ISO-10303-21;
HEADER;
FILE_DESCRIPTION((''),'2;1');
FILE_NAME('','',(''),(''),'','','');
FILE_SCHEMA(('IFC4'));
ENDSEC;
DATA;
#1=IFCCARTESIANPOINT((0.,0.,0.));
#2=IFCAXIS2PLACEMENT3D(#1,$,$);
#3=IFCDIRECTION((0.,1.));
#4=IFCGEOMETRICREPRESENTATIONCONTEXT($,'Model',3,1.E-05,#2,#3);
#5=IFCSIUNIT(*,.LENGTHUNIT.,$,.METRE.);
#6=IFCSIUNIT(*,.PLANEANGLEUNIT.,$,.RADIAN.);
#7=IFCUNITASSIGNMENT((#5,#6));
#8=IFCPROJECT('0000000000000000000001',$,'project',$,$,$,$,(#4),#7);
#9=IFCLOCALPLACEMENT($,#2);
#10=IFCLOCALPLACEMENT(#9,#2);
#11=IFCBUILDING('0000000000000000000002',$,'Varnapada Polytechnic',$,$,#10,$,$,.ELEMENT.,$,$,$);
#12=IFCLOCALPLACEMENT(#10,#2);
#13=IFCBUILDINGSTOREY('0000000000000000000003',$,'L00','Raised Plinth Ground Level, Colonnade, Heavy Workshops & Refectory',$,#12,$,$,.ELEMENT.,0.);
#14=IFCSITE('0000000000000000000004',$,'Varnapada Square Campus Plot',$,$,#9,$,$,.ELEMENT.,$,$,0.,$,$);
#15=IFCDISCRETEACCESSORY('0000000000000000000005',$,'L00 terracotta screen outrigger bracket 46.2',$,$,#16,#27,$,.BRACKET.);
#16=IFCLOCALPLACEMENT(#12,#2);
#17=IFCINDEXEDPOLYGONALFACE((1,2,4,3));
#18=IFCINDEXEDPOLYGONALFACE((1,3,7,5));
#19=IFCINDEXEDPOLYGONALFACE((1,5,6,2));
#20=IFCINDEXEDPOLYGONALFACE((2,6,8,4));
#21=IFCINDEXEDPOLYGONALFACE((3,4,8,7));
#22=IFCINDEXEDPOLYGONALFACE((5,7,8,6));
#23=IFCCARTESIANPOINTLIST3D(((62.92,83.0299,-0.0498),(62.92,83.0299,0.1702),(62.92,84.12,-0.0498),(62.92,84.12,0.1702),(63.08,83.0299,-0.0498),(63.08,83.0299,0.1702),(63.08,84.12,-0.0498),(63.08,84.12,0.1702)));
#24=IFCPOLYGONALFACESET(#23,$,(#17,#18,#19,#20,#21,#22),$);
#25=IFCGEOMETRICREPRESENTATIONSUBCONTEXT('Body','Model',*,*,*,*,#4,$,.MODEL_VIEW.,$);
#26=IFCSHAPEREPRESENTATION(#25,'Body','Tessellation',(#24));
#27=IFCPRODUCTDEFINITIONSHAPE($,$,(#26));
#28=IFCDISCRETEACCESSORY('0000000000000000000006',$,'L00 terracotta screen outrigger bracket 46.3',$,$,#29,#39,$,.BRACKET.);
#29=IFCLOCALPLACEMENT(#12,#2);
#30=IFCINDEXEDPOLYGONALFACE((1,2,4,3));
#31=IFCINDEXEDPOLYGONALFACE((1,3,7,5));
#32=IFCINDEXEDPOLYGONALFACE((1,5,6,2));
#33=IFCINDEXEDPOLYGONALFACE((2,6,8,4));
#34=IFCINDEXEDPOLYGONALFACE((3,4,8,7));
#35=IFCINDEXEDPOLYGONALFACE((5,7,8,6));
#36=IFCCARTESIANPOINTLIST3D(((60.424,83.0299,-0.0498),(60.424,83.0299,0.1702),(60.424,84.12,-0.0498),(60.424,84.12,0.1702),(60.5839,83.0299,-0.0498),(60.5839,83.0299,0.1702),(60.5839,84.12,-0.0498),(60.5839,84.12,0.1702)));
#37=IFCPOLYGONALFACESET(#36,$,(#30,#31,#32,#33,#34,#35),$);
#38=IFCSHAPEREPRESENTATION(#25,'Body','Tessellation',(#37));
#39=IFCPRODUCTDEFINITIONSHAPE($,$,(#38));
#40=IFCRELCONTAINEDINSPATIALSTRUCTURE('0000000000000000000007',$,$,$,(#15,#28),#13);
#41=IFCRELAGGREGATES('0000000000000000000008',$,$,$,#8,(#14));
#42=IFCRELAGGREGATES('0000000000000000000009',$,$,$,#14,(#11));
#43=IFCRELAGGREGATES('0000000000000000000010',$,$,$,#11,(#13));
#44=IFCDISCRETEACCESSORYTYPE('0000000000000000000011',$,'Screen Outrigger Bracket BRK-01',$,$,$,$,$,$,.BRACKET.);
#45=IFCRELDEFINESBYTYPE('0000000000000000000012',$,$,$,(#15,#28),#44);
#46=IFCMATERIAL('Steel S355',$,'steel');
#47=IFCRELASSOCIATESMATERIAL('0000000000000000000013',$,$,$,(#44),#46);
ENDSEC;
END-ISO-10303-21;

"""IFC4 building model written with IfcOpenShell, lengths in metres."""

from ifc_helpers import new_model, si_unit, direction, frame, origin, origin_2d, place, context, subcontext, project, spatial, rectangle, extrude, material, type_object, element, save


model = new_model("IFC4")

# Units and contexts
model_context = context("Model", 3, precision=1e-05, world=origin(), true_north=direction((0.0, 1.0)))
body_context = subcontext(model_context, "Body", "Model", "MODEL_VIEW")
ifc_project = project(units=[si_unit("LENGTHUNIT", "METRE"), si_unit("PLANEANGLEUNIT", "RADIAN")], contexts=[model_context])

# Site, building, storey
site_placement = place(None, origin())
site = spatial("IfcSite", under=ifc_project, at=site_placement, Name="Varnapada Square Campus Plot", CompositionType="ELEMENT", RefElevation=0.0)
building_placement = place(site_placement, origin())
building = spatial("IfcBuilding", under=site, at=building_placement, Name="Varnapada Polytechnic", CompositionType="ELEMENT")
storey_placement = place(building_placement, origin())
storey = spatial("IfcBuildingStorey", under=building, at=storey_placement, Name="L00", Description="Raised Plinth Ground Level, Colonnade, Heavy Workshops & Refectory", CompositionType="ELEMENT", Elevation=0.0)

# Discrete accessories
ifc_material_1 = material(Name="Steel S355", Category="steel")
discrete_accessory_type = type_object("IfcDiscreteAccessoryType", Name="Screen Outrigger Bracket BRK-01", PredefinedType="BRACKET", material=ifc_material_1)
for number, where, z_axis, x_axis, name in (
    (1, (63.0, 83.575, -0.0498), (0.0, 0.0, 1.0), (-1.0, 0.0, 0.0), "L00 terracotta screen outrigger bracket 46.2"),
    (2, (60.5039, 83.575, -0.0498), (0.0, 0.0, 1.0), (-1.0, 0.0, 0.0), "L00 terracotta screen outrigger bracket 46.3"),
):
    element("IfcDiscreteAccessory", number, at=place(storey_placement, frame(where, z_axis=z_axis, x_axis=x_axis)), inside=storey, type_object=discrete_accessory_type, Name=name, PredefinedType="BRACKET", context=body_context, shape_type="SweptSolid", body=[
        extrude(rectangle(XDim=0.1599, YDim=1.0901, at=origin_2d()), origin(), (0.0, 0.0, 1.0), 0.22),
    ])

save(model, "model.ifc")
